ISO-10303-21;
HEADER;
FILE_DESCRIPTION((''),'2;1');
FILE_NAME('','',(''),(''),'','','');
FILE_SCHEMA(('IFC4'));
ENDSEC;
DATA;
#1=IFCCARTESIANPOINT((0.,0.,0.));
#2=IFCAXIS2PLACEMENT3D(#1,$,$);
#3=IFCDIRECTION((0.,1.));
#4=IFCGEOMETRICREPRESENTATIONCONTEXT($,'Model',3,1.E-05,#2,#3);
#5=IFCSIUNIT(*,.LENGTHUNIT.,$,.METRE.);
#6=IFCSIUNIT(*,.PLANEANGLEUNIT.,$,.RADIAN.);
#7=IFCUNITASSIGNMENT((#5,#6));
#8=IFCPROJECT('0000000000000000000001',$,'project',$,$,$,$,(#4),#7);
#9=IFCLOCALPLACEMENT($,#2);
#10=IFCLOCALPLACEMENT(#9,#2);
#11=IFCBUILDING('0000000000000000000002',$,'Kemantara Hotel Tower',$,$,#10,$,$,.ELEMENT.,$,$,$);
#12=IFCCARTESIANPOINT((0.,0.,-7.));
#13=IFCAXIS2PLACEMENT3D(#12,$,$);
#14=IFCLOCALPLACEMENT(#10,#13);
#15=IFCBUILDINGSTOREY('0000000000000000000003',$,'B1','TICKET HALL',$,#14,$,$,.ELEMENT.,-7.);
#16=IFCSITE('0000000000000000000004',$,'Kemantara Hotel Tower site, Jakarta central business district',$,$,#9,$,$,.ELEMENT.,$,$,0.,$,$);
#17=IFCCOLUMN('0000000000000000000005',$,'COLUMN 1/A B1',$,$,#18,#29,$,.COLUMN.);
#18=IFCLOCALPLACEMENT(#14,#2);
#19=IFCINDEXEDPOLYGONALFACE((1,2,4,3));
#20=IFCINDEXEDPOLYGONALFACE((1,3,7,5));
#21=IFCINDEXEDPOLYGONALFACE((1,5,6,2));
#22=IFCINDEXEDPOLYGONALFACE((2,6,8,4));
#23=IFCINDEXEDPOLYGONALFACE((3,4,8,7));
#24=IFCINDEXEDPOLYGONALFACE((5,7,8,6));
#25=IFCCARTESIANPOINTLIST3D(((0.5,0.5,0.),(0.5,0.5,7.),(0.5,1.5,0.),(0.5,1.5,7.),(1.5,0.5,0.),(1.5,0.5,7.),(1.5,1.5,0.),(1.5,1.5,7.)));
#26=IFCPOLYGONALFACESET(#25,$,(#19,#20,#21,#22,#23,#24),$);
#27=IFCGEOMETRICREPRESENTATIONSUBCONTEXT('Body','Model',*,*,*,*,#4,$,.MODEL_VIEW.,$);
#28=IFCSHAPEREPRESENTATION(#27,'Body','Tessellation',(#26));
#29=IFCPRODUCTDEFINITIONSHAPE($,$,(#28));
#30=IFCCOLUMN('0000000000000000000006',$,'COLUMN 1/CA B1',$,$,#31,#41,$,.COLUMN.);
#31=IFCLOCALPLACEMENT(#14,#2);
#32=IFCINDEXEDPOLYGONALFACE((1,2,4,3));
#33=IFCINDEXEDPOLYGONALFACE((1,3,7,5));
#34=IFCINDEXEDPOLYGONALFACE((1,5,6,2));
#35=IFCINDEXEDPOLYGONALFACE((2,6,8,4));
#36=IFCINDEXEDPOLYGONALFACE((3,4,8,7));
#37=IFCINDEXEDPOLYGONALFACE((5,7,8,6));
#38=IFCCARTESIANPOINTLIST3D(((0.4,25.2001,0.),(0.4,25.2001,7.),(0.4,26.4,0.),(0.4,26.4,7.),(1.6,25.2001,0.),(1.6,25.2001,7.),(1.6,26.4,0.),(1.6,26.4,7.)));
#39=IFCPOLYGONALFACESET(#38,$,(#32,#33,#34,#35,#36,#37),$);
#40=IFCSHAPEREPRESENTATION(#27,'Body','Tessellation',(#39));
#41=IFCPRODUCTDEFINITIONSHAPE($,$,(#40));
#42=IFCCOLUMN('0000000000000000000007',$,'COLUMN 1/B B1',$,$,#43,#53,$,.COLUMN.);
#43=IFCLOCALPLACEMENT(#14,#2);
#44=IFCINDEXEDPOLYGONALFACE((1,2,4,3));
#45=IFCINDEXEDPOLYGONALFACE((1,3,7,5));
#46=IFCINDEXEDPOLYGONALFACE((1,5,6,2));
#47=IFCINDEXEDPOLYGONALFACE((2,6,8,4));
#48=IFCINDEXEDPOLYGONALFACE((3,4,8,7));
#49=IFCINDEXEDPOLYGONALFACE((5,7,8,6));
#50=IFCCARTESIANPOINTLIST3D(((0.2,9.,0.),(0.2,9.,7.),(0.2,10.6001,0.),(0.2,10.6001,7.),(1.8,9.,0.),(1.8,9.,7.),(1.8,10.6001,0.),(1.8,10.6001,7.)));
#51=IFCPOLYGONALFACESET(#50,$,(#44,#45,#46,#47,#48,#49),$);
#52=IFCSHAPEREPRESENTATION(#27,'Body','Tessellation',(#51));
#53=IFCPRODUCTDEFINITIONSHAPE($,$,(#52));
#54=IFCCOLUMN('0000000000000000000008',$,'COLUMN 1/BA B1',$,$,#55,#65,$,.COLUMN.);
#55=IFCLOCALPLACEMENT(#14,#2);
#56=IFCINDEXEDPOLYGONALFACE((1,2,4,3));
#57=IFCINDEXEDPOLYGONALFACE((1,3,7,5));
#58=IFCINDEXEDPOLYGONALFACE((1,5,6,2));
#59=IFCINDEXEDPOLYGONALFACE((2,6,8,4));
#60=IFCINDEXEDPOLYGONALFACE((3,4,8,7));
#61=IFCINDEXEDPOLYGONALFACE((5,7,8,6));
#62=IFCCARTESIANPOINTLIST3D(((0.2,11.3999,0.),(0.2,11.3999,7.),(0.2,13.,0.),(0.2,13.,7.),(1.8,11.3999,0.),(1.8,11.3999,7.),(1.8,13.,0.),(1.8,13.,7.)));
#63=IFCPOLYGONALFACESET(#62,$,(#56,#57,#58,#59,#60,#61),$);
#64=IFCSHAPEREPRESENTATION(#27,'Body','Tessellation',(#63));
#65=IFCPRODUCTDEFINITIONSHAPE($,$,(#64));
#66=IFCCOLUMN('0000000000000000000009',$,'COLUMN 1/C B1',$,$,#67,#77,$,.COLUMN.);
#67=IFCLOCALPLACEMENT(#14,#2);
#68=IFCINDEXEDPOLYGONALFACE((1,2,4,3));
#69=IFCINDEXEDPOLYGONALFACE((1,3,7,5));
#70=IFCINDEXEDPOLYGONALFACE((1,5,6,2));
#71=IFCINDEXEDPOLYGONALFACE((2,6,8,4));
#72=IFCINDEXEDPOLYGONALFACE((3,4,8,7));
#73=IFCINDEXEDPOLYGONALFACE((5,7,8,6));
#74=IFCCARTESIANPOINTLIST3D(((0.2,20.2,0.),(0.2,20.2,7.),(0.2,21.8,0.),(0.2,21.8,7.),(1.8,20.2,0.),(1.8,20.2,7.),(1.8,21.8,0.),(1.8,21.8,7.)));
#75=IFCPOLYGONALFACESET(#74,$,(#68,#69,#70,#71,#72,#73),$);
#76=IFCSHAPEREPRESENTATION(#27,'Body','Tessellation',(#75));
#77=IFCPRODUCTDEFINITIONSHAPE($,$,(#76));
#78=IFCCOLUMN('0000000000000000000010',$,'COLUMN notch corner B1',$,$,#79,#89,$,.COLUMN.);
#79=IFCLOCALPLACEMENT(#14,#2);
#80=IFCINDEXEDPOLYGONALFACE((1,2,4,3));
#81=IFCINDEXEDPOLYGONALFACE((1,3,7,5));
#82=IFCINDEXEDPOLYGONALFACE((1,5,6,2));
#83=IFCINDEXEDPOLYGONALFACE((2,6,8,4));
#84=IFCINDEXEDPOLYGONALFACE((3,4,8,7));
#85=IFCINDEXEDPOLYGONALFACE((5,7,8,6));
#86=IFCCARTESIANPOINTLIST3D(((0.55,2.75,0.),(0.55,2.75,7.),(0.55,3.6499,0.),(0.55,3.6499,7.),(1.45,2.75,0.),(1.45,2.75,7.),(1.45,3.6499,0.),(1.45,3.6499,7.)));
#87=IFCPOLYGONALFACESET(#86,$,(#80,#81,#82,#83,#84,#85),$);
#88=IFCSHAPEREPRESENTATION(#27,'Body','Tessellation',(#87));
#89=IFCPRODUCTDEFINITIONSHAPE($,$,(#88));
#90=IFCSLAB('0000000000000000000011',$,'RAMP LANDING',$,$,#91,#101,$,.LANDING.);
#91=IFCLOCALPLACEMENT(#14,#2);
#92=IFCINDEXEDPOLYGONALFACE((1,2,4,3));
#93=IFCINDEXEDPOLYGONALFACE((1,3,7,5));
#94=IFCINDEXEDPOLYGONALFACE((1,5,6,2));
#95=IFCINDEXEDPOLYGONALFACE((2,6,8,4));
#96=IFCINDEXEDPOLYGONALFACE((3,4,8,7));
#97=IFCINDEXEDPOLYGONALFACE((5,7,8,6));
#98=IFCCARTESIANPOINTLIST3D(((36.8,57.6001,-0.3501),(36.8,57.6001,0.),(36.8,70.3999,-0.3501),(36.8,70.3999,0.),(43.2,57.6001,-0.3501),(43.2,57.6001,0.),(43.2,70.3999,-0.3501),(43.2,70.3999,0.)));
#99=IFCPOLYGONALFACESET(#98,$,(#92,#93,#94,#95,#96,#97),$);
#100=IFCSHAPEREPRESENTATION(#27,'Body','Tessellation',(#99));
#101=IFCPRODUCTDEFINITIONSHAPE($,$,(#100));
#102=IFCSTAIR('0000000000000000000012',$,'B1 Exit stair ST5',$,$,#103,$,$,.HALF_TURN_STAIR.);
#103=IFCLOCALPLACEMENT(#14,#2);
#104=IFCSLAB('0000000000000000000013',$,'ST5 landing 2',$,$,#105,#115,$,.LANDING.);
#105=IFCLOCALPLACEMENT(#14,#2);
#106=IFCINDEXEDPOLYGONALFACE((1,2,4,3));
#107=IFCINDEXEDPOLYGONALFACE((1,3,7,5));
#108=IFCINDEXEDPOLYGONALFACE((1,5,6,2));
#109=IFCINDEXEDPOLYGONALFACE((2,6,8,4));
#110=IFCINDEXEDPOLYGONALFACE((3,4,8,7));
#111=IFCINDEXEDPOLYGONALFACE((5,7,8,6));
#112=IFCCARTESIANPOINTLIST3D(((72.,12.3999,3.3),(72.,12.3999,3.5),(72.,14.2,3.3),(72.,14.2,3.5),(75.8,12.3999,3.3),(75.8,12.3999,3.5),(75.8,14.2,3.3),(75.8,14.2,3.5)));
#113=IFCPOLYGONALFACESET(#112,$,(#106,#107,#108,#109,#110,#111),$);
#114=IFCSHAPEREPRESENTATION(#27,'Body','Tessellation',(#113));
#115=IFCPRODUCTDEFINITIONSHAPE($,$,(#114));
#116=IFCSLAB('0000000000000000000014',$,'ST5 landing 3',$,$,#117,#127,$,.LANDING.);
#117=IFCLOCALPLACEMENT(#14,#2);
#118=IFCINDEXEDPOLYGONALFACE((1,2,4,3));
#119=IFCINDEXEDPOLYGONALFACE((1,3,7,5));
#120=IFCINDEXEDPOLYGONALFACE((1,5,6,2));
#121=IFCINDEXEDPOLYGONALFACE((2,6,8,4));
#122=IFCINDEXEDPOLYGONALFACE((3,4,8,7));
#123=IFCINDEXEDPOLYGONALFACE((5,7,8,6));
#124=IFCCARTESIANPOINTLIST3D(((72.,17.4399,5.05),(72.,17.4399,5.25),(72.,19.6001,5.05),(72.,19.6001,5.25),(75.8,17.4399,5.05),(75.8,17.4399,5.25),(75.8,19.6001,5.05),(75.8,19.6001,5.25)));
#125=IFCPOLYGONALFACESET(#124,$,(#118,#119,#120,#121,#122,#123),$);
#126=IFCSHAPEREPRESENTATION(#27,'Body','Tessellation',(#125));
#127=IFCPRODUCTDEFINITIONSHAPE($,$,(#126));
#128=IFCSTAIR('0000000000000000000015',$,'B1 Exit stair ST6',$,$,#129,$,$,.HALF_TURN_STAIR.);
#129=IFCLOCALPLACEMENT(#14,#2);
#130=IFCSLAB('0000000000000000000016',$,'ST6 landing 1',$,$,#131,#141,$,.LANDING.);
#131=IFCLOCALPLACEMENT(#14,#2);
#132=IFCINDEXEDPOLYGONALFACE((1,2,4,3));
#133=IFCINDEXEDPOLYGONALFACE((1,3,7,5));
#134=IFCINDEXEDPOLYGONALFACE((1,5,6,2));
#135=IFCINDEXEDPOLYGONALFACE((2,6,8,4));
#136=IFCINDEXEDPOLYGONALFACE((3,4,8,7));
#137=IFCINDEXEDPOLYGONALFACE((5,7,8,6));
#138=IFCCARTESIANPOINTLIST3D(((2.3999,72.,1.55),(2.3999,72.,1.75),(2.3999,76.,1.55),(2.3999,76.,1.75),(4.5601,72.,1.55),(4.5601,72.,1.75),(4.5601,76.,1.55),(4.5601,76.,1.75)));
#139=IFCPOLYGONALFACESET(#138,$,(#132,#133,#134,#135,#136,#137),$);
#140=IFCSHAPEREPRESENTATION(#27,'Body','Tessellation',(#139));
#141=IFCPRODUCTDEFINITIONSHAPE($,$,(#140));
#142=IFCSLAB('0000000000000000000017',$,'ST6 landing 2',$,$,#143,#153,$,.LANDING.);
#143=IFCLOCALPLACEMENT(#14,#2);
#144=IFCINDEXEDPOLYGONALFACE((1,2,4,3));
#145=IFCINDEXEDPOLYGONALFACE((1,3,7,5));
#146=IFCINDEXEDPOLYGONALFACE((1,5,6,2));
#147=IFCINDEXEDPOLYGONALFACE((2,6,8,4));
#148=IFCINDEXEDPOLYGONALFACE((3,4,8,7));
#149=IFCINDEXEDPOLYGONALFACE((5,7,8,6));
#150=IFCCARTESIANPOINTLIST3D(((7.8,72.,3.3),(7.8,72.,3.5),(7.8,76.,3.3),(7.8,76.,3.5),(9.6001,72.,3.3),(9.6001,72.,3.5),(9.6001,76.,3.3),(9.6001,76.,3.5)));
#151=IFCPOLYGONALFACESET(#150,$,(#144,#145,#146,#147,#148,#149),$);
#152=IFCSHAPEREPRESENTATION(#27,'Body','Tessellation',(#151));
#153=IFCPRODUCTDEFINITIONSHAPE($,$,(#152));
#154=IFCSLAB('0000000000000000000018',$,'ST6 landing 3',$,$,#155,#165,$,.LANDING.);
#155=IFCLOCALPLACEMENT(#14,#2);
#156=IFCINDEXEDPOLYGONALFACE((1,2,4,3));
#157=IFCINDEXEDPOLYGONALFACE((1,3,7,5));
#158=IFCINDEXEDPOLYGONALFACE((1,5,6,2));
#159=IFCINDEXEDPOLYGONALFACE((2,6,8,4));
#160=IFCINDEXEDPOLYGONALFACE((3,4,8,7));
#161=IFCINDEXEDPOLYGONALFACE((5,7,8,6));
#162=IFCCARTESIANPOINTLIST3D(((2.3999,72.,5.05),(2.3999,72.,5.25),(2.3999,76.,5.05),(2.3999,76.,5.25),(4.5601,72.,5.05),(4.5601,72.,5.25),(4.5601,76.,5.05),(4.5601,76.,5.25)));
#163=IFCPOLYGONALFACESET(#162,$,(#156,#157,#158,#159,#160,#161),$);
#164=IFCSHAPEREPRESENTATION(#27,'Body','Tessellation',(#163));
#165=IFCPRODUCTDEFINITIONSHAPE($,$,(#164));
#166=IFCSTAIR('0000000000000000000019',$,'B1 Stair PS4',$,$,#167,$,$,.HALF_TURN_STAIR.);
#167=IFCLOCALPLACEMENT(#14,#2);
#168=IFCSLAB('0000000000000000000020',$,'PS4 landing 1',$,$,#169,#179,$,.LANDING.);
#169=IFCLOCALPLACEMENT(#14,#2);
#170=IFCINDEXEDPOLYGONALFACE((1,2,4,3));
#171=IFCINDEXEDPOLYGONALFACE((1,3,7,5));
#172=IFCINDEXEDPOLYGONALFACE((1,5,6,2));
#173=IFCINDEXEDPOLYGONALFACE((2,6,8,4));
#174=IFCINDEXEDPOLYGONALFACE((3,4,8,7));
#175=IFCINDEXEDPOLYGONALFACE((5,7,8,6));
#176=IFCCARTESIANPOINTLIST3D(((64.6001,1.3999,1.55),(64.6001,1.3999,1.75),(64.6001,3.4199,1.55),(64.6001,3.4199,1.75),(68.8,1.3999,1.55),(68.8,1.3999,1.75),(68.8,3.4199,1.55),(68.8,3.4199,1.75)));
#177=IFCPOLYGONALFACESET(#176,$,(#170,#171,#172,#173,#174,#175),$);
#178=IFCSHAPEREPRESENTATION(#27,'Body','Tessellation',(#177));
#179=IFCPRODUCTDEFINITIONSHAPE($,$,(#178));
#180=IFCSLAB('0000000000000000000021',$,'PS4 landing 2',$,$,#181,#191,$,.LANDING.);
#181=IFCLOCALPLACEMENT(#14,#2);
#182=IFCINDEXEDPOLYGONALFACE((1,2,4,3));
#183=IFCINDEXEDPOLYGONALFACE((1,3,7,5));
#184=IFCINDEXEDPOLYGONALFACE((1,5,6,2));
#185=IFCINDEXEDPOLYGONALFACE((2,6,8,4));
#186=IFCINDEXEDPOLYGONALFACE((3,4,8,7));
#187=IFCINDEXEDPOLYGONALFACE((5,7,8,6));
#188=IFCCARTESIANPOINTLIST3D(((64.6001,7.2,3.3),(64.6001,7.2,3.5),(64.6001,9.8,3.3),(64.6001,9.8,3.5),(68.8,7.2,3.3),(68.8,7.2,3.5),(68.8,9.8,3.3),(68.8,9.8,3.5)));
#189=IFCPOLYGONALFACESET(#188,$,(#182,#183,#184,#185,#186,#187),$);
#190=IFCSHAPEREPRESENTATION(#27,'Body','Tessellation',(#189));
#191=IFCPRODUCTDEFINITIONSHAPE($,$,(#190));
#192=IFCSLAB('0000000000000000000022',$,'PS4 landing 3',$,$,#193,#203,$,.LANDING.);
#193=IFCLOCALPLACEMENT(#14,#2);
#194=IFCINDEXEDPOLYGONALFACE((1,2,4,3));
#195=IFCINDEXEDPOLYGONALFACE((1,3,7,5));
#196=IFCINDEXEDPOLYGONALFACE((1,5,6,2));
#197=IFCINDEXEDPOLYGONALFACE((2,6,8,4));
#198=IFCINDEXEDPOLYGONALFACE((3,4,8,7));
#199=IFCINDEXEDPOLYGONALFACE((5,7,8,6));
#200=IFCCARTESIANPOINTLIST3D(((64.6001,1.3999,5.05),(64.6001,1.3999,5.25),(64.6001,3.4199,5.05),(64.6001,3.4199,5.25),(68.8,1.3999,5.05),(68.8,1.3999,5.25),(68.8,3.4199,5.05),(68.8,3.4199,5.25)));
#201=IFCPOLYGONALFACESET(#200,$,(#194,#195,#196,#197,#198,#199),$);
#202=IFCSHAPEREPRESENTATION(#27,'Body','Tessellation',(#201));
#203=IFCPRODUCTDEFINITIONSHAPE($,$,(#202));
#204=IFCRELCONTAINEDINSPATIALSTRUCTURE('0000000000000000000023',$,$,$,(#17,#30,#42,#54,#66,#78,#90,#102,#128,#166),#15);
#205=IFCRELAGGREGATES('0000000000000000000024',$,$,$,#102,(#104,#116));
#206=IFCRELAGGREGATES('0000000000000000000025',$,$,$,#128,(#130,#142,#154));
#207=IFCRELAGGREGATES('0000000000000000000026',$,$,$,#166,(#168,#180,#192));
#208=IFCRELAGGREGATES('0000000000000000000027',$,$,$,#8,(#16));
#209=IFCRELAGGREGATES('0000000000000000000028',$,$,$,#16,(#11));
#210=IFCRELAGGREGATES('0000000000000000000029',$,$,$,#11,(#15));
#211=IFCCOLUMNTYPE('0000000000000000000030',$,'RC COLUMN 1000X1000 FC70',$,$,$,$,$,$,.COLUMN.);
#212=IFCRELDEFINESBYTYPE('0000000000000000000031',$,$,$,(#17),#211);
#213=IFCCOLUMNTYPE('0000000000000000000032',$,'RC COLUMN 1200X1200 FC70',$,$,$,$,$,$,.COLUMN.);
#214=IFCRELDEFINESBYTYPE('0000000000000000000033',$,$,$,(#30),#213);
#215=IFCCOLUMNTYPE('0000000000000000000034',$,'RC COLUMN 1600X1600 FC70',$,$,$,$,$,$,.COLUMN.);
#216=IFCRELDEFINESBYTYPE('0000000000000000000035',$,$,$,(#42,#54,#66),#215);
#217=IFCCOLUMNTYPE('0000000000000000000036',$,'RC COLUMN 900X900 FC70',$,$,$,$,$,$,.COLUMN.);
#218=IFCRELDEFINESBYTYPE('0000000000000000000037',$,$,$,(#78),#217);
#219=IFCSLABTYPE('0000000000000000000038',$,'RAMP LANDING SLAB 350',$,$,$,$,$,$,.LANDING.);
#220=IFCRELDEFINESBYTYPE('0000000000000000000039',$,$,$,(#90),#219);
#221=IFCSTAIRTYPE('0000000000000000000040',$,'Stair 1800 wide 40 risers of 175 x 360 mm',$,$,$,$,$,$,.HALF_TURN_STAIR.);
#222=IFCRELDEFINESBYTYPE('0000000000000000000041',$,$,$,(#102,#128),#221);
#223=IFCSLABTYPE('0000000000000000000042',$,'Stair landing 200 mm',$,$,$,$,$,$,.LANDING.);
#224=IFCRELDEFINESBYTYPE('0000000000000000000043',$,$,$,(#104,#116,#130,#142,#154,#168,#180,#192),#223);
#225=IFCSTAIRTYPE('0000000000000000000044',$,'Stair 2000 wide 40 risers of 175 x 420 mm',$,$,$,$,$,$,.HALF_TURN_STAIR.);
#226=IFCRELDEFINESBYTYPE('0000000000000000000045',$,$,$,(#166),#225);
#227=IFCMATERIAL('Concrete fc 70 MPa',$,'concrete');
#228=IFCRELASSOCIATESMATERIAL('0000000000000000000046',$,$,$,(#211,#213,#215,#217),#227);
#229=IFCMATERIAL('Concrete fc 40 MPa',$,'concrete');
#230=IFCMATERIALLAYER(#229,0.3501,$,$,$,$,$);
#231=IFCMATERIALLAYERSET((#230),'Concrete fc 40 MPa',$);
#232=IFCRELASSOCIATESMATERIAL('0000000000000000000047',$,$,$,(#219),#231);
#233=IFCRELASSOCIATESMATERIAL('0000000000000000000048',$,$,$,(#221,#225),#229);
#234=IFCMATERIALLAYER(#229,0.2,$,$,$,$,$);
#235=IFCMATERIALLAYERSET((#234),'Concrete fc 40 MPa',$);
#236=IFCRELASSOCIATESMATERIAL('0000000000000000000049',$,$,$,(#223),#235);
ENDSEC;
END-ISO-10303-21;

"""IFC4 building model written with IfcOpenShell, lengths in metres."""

from ifc_helpers import new_model, si_unit, direction, frame, origin, origin_2d, place, context, subcontext, project, spatial, polyline, rectangle, outline, extrude, material, layer, layer_set, material_profile, profile_set, type_object, element, aggregate, save


model = new_model("IFC4")

# Units and contexts
model_context = context("Model", 3, precision=1e-05, world=origin(), true_north=direction((0.0, 1.0)))
body_context = subcontext(model_context, "Body", "Model", "MODEL_VIEW")
ifc_project = project(units=[si_unit("LENGTHUNIT", "METRE"), si_unit("PLANEANGLEUNIT", "RADIAN")], contexts=[model_context])

# Site, building, storey
site_placement = place(None, origin())
site = spatial("IfcSite", under=ifc_project, at=site_placement, Name="Kemantara Hotel Tower site, Jakarta central business district", CompositionType="ELEMENT", RefElevation=0.0)
building_placement = place(site_placement, origin())
building = spatial("IfcBuilding", under=site, at=building_placement, Name="Kemantara Hotel Tower", CompositionType="ELEMENT")
storey_placement = place(building_placement, frame((0.0, 0.0, -7.0)))
storey = spatial("IfcBuildingStorey", under=building, at=storey_placement, Name="B1", Description="TICKET HALL", CompositionType="ELEMENT", Elevation=-7.0)

# Columns
ifc_material_1 = material(Name="Concrete fc 70 MPa", Category="concrete")
ifc_material_profile_1 = material_profile(ifc_material_1, rectangle(XDim=1.0, YDim=1.0, at=origin_2d()), Name="RC 1000X1000")
ifc_profile_set_1 = profile_set([ifc_material_profile_1], Name="Concrete fc 70 MPa")
column_type_1 = type_object("IfcColumnType", Name="RC COLUMN 1000X1000 FC70", PredefinedType="COLUMN", material=ifc_profile_set_1)
column_1_placement = place(storey_placement, frame((1.0, 1.0, 0.0), z_axis=(0.0, 0.0, 1.0), x_axis=(1.0, 0.0, 0.0)))
element("IfcColumn", 1, at=column_1_placement, inside=storey, type_object=column_type_1, Name="COLUMN 1/A B1", PredefinedType="COLUMN", context=body_context, shape_type="SweptSolid", body=[
    extrude(rectangle(XDim=1.0, YDim=1.0, at=origin_2d()), origin(), (0.0, 0.0, 1.0), 7.0),
])
ifc_material_profile_2 = material_profile(ifc_material_1, rectangle(XDim=1.2, YDim=1.2, at=origin_2d()), Name="RC 1200X1200")
ifc_profile_set_2 = profile_set([ifc_material_profile_2], Name="Concrete fc 70 MPa")
column_type_2 = type_object("IfcColumnType", Name="RC COLUMN 1200X1200 FC70", PredefinedType="COLUMN", material=ifc_profile_set_2)
column_2_placement = place(storey_placement, frame((1.0, 25.8, 0.0), z_axis=(0.0, 0.0, 1.0), x_axis=(1.0, 0.0, 0.0)))
element("IfcColumn", 2, at=column_2_placement, inside=storey, type_object=column_type_2, Name="COLUMN 1/CA B1", PredefinedType="COLUMN", context=body_context, shape_type="SweptSolid", body=[
    extrude(rectangle(XDim=1.2, YDim=1.2, at=origin_2d()), origin(), (0.0, 0.0, 1.0), 7.0),
])
ifc_material_profile_3 = material_profile(ifc_material_1, rectangle(XDim=1.6001, YDim=1.6001, at=origin_2d()), Name="RC 1600X1600")
ifc_profile_set_3 = profile_set([ifc_material_profile_3], Name="Concrete fc 70 MPa")
column_type_3 = type_object("IfcColumnType", Name="RC COLUMN 1600X1600 FC70", PredefinedType="COLUMN", material=ifc_profile_set_3)
for number, where, z_axis, x_axis, name in (
    (3, (1.0, 9.8, 0.0), (0.0, 0.0, 1.0), (1.0, 0.0, 0.0), "COLUMN 1/B B1"),
    (4, (1.0, 12.2, 0.0), (0.0, 0.0, 1.0), (1.0, 0.0, 0.0), "COLUMN 1/BA B1"),
    (5, (1.0, 21.0, 0.0), (0.0, 0.0, 1.0), (1.0, 0.0, 0.0), "COLUMN 1/C B1"),
):
    element("IfcColumn", number, at=place(storey_placement, frame(where, z_axis=z_axis, x_axis=x_axis)), inside=storey, type_object=column_type_3, Name=name, PredefinedType="COLUMN", context=body_context, shape_type="SweptSolid", body=[
        extrude(rectangle(XDim=1.6001, YDim=1.6001, at=origin_2d()), origin(), (0.0, 0.0, 1.0), 7.0),
    ])
ifc_material_profile_4 = material_profile(ifc_material_1, rectangle(XDim=0.8999, YDim=0.8999, at=origin_2d()), Name="RC 900X900")
ifc_profile_set_4 = profile_set([ifc_material_profile_4], Name="Concrete fc 70 MPa")
column_type_4 = type_object("IfcColumnType", Name="RC COLUMN 900X900 FC70", PredefinedType="COLUMN", material=ifc_profile_set_4)
column_3_placement = place(storey_placement, frame((1.0, 3.2, 0.0), z_axis=(0.0, 0.0, 1.0), x_axis=(1.0, 0.0, 0.0)))
element("IfcColumn", 6, at=column_3_placement, inside=storey, type_object=column_type_4, Name="COLUMN notch corner B1", PredefinedType="COLUMN", context=body_context, shape_type="SweptSolid", body=[
    extrude(rectangle(XDim=0.8999, YDim=0.8999, at=origin_2d()), origin(), (0.0, 0.0, 1.0), 7.0),
])

# Slab
ifc_material_2 = material(Name="Concrete fc 40 MPa", Category="concrete")
ifc_layer_1 = layer(ifc_material_2, 0.3501)
ifc_layer_set_1 = layer_set([ifc_layer_1], Name="Concrete fc 40 MPa")
slab_type_1 = type_object("IfcSlabType", Name="RAMP LANDING SLAB 350", PredefinedType="LANDING", material=ifc_layer_set_1)
slab_1_placement = place(storey_placement, frame((0.0, 0.0, -0.3501)))
element("IfcSlab", 7, at=slab_1_placement, inside=storey, type_object=slab_type_1, Name="RAMP LANDING", PredefinedType="LANDING", context=body_context, shape_type="SweptSolid", body=[
    extrude(outline(polyline([(36.8, 57.6001), (43.2, 57.6001), (43.2, 70.3999), (36.8, 70.3999), (36.8, 57.6001)])), origin(), (0.0, 0.0, 1.0), 0.3501),
])

# Stairs, slabs
stair_type_1 = type_object("IfcStairType", Name="Stair 1800 wide 40 risers of 175 x 360 mm", PredefinedType="HALF_TURN_STAIR", material=ifc_material_2)
stair_1_placement = place(storey_placement, origin())
stair_1 = element("IfcStair", 8, at=stair_1_placement, inside=storey, type_object=stair_type_1, Name="B1 Exit stair ST5", PredefinedType="HALF_TURN_STAIR")
ifc_layer_2 = layer(ifc_material_2, 0.2)
ifc_layer_set_2 = layer_set([ifc_layer_2], Name="Concrete fc 40 MPa")
slab_type_2 = type_object("IfcSlabType", Name="Stair landing 200 mm", PredefinedType="LANDING", material=ifc_layer_set_2)
slab_2_placement = place(storey_placement, frame((0.0, 0.0, 3.3)))
slab_2 = element("IfcSlab", 9, at=slab_2_placement, type_object=slab_type_2, Name="ST5 landing 2", PredefinedType="LANDING", context=body_context, shape_type="SweptSolid", body=[
    extrude(outline(polyline([(75.8, 12.3999), (75.8, 14.2), (72.0, 14.2), (72.0, 12.3999), (75.8, 12.3999)])), origin(), (0.0, 0.0, 1.0), 0.2),
])
slab_3_placement = place(storey_placement, frame((0.0, 0.0, 5.05)))
slab_3 = element("IfcSlab", 10, at=slab_3_placement, type_object=slab_type_2, Name="ST5 landing 3", PredefinedType="LANDING", context=body_context, shape_type="SweptSolid", body=[
    extrude(outline(polyline([(75.8, 17.4399), (75.8, 19.6001), (72.0, 19.6001), (72.0, 17.4399), (75.8, 17.4399)])), origin(), (0.0, 0.0, 1.0), 0.2),
])
aggregate(stair_1, [slab_2, slab_3])
stair_2_placement = place(storey_placement, origin())
stair_2 = element("IfcStair", 11, at=stair_2_placement, inside=storey, type_object=stair_type_1, Name="B1 Exit stair ST6", PredefinedType="HALF_TURN_STAIR")
slab_4_placement = place(storey_placement, frame((0.0, 0.0, 1.55)))
slab_4 = element("IfcSlab", 12, at=slab_4_placement, type_object=slab_type_2, Name="ST6 landing 1", PredefinedType="LANDING", context=body_context, shape_type="SweptSolid", body=[
    extrude(outline(polyline([(4.5601, 76.0), (2.3999, 76.0), (2.3999, 72.0), (4.5601, 72.0), (4.5601, 76.0)])), origin(), (0.0, 0.0, 1.0), 0.2),
])
slab_5_placement = place(storey_placement, frame((0.0, 0.0, 3.3)))
slab_5 = element("IfcSlab", 13, at=slab_5_placement, type_object=slab_type_2, Name="ST6 landing 2", PredefinedType="LANDING", context=body_context, shape_type="SweptSolid", body=[
    extrude(outline(polyline([(9.6001, 76.0), (7.8, 76.0), (7.8, 72.0), (9.6001, 72.0), (9.6001, 76.0)])), origin(), (0.0, 0.0, 1.0), 0.2),
])
slab_6_placement = place(storey_placement, frame((0.0, 0.0, 5.05)))
slab_6 = element("IfcSlab", 14, at=slab_6_placement, type_object=slab_type_2, Name="ST6 landing 3", PredefinedType="LANDING", context=body_context, shape_type="SweptSolid", body=[
    extrude(outline(polyline([(4.5601, 76.0), (2.3999, 76.0), (2.3999, 72.0), (4.5601, 72.0), (4.5601, 76.0)])), origin(), (0.0, 0.0, 1.0), 0.2),
])
aggregate(stair_2, [slab_4, slab_5, slab_6])
stair_type_2 = type_object("IfcStairType", Name="Stair 2000 wide 40 risers of 175 x 420 mm", PredefinedType="HALF_TURN_STAIR", material=ifc_material_2)
stair_3_placement = place(storey_placement, origin())
stair_3 = element("IfcStair", 15, at=stair_3_placement, inside=storey, type_object=stair_type_2, Name="B1 Stair PS4", PredefinedType="HALF_TURN_STAIR")
slab_7_placement = place(storey_placement, frame((0.0, 0.0, 1.55)))
slab_7 = element("IfcSlab", 16, at=slab_7_placement, type_object=slab_type_2, Name="PS4 landing 1", PredefinedType="LANDING", context=body_context, shape_type="SweptSolid", body=[
    extrude(outline(polyline([(64.6001, 3.4199), (64.6001, 1.3999), (68.8, 1.3999), (68.8, 3.4199), (64.6001, 3.4199)])), origin(), (0.0, 0.0, 1.0), 0.2),
])
slab_8_placement = place(storey_placement, frame((0.0, 0.0, 3.3)))
slab_8 = element("IfcSlab", 17, at=slab_8_placement, type_object=slab_type_2, Name="PS4 landing 2", PredefinedType="LANDING", context=body_context, shape_type="SweptSolid", body=[
    extrude(outline(polyline([(64.6001, 9.8), (64.6001, 7.2), (68.8, 7.2), (68.8, 9.8), (64.6001, 9.8)])), origin(), (0.0, 0.0, 1.0), 0.2),
])
slab_9_placement = place(storey_placement, frame((0.0, 0.0, 5.05)))
slab_9 = element("IfcSlab", 18, at=slab_9_placement, type_object=slab_type_2, Name="PS4 landing 3", PredefinedType="LANDING", context=body_context, shape_type="SweptSolid", body=[
    extrude(outline(polyline([(64.6001, 3.4199), (64.6001, 1.3999), (68.8, 1.3999), (68.8, 3.4199), (64.6001, 3.4199)])), origin(), (0.0, 0.0, 1.0), 0.2),
])
aggregate(stair_3, [slab_7, slab_8, slab_9])

save(model, "model.ifc")
